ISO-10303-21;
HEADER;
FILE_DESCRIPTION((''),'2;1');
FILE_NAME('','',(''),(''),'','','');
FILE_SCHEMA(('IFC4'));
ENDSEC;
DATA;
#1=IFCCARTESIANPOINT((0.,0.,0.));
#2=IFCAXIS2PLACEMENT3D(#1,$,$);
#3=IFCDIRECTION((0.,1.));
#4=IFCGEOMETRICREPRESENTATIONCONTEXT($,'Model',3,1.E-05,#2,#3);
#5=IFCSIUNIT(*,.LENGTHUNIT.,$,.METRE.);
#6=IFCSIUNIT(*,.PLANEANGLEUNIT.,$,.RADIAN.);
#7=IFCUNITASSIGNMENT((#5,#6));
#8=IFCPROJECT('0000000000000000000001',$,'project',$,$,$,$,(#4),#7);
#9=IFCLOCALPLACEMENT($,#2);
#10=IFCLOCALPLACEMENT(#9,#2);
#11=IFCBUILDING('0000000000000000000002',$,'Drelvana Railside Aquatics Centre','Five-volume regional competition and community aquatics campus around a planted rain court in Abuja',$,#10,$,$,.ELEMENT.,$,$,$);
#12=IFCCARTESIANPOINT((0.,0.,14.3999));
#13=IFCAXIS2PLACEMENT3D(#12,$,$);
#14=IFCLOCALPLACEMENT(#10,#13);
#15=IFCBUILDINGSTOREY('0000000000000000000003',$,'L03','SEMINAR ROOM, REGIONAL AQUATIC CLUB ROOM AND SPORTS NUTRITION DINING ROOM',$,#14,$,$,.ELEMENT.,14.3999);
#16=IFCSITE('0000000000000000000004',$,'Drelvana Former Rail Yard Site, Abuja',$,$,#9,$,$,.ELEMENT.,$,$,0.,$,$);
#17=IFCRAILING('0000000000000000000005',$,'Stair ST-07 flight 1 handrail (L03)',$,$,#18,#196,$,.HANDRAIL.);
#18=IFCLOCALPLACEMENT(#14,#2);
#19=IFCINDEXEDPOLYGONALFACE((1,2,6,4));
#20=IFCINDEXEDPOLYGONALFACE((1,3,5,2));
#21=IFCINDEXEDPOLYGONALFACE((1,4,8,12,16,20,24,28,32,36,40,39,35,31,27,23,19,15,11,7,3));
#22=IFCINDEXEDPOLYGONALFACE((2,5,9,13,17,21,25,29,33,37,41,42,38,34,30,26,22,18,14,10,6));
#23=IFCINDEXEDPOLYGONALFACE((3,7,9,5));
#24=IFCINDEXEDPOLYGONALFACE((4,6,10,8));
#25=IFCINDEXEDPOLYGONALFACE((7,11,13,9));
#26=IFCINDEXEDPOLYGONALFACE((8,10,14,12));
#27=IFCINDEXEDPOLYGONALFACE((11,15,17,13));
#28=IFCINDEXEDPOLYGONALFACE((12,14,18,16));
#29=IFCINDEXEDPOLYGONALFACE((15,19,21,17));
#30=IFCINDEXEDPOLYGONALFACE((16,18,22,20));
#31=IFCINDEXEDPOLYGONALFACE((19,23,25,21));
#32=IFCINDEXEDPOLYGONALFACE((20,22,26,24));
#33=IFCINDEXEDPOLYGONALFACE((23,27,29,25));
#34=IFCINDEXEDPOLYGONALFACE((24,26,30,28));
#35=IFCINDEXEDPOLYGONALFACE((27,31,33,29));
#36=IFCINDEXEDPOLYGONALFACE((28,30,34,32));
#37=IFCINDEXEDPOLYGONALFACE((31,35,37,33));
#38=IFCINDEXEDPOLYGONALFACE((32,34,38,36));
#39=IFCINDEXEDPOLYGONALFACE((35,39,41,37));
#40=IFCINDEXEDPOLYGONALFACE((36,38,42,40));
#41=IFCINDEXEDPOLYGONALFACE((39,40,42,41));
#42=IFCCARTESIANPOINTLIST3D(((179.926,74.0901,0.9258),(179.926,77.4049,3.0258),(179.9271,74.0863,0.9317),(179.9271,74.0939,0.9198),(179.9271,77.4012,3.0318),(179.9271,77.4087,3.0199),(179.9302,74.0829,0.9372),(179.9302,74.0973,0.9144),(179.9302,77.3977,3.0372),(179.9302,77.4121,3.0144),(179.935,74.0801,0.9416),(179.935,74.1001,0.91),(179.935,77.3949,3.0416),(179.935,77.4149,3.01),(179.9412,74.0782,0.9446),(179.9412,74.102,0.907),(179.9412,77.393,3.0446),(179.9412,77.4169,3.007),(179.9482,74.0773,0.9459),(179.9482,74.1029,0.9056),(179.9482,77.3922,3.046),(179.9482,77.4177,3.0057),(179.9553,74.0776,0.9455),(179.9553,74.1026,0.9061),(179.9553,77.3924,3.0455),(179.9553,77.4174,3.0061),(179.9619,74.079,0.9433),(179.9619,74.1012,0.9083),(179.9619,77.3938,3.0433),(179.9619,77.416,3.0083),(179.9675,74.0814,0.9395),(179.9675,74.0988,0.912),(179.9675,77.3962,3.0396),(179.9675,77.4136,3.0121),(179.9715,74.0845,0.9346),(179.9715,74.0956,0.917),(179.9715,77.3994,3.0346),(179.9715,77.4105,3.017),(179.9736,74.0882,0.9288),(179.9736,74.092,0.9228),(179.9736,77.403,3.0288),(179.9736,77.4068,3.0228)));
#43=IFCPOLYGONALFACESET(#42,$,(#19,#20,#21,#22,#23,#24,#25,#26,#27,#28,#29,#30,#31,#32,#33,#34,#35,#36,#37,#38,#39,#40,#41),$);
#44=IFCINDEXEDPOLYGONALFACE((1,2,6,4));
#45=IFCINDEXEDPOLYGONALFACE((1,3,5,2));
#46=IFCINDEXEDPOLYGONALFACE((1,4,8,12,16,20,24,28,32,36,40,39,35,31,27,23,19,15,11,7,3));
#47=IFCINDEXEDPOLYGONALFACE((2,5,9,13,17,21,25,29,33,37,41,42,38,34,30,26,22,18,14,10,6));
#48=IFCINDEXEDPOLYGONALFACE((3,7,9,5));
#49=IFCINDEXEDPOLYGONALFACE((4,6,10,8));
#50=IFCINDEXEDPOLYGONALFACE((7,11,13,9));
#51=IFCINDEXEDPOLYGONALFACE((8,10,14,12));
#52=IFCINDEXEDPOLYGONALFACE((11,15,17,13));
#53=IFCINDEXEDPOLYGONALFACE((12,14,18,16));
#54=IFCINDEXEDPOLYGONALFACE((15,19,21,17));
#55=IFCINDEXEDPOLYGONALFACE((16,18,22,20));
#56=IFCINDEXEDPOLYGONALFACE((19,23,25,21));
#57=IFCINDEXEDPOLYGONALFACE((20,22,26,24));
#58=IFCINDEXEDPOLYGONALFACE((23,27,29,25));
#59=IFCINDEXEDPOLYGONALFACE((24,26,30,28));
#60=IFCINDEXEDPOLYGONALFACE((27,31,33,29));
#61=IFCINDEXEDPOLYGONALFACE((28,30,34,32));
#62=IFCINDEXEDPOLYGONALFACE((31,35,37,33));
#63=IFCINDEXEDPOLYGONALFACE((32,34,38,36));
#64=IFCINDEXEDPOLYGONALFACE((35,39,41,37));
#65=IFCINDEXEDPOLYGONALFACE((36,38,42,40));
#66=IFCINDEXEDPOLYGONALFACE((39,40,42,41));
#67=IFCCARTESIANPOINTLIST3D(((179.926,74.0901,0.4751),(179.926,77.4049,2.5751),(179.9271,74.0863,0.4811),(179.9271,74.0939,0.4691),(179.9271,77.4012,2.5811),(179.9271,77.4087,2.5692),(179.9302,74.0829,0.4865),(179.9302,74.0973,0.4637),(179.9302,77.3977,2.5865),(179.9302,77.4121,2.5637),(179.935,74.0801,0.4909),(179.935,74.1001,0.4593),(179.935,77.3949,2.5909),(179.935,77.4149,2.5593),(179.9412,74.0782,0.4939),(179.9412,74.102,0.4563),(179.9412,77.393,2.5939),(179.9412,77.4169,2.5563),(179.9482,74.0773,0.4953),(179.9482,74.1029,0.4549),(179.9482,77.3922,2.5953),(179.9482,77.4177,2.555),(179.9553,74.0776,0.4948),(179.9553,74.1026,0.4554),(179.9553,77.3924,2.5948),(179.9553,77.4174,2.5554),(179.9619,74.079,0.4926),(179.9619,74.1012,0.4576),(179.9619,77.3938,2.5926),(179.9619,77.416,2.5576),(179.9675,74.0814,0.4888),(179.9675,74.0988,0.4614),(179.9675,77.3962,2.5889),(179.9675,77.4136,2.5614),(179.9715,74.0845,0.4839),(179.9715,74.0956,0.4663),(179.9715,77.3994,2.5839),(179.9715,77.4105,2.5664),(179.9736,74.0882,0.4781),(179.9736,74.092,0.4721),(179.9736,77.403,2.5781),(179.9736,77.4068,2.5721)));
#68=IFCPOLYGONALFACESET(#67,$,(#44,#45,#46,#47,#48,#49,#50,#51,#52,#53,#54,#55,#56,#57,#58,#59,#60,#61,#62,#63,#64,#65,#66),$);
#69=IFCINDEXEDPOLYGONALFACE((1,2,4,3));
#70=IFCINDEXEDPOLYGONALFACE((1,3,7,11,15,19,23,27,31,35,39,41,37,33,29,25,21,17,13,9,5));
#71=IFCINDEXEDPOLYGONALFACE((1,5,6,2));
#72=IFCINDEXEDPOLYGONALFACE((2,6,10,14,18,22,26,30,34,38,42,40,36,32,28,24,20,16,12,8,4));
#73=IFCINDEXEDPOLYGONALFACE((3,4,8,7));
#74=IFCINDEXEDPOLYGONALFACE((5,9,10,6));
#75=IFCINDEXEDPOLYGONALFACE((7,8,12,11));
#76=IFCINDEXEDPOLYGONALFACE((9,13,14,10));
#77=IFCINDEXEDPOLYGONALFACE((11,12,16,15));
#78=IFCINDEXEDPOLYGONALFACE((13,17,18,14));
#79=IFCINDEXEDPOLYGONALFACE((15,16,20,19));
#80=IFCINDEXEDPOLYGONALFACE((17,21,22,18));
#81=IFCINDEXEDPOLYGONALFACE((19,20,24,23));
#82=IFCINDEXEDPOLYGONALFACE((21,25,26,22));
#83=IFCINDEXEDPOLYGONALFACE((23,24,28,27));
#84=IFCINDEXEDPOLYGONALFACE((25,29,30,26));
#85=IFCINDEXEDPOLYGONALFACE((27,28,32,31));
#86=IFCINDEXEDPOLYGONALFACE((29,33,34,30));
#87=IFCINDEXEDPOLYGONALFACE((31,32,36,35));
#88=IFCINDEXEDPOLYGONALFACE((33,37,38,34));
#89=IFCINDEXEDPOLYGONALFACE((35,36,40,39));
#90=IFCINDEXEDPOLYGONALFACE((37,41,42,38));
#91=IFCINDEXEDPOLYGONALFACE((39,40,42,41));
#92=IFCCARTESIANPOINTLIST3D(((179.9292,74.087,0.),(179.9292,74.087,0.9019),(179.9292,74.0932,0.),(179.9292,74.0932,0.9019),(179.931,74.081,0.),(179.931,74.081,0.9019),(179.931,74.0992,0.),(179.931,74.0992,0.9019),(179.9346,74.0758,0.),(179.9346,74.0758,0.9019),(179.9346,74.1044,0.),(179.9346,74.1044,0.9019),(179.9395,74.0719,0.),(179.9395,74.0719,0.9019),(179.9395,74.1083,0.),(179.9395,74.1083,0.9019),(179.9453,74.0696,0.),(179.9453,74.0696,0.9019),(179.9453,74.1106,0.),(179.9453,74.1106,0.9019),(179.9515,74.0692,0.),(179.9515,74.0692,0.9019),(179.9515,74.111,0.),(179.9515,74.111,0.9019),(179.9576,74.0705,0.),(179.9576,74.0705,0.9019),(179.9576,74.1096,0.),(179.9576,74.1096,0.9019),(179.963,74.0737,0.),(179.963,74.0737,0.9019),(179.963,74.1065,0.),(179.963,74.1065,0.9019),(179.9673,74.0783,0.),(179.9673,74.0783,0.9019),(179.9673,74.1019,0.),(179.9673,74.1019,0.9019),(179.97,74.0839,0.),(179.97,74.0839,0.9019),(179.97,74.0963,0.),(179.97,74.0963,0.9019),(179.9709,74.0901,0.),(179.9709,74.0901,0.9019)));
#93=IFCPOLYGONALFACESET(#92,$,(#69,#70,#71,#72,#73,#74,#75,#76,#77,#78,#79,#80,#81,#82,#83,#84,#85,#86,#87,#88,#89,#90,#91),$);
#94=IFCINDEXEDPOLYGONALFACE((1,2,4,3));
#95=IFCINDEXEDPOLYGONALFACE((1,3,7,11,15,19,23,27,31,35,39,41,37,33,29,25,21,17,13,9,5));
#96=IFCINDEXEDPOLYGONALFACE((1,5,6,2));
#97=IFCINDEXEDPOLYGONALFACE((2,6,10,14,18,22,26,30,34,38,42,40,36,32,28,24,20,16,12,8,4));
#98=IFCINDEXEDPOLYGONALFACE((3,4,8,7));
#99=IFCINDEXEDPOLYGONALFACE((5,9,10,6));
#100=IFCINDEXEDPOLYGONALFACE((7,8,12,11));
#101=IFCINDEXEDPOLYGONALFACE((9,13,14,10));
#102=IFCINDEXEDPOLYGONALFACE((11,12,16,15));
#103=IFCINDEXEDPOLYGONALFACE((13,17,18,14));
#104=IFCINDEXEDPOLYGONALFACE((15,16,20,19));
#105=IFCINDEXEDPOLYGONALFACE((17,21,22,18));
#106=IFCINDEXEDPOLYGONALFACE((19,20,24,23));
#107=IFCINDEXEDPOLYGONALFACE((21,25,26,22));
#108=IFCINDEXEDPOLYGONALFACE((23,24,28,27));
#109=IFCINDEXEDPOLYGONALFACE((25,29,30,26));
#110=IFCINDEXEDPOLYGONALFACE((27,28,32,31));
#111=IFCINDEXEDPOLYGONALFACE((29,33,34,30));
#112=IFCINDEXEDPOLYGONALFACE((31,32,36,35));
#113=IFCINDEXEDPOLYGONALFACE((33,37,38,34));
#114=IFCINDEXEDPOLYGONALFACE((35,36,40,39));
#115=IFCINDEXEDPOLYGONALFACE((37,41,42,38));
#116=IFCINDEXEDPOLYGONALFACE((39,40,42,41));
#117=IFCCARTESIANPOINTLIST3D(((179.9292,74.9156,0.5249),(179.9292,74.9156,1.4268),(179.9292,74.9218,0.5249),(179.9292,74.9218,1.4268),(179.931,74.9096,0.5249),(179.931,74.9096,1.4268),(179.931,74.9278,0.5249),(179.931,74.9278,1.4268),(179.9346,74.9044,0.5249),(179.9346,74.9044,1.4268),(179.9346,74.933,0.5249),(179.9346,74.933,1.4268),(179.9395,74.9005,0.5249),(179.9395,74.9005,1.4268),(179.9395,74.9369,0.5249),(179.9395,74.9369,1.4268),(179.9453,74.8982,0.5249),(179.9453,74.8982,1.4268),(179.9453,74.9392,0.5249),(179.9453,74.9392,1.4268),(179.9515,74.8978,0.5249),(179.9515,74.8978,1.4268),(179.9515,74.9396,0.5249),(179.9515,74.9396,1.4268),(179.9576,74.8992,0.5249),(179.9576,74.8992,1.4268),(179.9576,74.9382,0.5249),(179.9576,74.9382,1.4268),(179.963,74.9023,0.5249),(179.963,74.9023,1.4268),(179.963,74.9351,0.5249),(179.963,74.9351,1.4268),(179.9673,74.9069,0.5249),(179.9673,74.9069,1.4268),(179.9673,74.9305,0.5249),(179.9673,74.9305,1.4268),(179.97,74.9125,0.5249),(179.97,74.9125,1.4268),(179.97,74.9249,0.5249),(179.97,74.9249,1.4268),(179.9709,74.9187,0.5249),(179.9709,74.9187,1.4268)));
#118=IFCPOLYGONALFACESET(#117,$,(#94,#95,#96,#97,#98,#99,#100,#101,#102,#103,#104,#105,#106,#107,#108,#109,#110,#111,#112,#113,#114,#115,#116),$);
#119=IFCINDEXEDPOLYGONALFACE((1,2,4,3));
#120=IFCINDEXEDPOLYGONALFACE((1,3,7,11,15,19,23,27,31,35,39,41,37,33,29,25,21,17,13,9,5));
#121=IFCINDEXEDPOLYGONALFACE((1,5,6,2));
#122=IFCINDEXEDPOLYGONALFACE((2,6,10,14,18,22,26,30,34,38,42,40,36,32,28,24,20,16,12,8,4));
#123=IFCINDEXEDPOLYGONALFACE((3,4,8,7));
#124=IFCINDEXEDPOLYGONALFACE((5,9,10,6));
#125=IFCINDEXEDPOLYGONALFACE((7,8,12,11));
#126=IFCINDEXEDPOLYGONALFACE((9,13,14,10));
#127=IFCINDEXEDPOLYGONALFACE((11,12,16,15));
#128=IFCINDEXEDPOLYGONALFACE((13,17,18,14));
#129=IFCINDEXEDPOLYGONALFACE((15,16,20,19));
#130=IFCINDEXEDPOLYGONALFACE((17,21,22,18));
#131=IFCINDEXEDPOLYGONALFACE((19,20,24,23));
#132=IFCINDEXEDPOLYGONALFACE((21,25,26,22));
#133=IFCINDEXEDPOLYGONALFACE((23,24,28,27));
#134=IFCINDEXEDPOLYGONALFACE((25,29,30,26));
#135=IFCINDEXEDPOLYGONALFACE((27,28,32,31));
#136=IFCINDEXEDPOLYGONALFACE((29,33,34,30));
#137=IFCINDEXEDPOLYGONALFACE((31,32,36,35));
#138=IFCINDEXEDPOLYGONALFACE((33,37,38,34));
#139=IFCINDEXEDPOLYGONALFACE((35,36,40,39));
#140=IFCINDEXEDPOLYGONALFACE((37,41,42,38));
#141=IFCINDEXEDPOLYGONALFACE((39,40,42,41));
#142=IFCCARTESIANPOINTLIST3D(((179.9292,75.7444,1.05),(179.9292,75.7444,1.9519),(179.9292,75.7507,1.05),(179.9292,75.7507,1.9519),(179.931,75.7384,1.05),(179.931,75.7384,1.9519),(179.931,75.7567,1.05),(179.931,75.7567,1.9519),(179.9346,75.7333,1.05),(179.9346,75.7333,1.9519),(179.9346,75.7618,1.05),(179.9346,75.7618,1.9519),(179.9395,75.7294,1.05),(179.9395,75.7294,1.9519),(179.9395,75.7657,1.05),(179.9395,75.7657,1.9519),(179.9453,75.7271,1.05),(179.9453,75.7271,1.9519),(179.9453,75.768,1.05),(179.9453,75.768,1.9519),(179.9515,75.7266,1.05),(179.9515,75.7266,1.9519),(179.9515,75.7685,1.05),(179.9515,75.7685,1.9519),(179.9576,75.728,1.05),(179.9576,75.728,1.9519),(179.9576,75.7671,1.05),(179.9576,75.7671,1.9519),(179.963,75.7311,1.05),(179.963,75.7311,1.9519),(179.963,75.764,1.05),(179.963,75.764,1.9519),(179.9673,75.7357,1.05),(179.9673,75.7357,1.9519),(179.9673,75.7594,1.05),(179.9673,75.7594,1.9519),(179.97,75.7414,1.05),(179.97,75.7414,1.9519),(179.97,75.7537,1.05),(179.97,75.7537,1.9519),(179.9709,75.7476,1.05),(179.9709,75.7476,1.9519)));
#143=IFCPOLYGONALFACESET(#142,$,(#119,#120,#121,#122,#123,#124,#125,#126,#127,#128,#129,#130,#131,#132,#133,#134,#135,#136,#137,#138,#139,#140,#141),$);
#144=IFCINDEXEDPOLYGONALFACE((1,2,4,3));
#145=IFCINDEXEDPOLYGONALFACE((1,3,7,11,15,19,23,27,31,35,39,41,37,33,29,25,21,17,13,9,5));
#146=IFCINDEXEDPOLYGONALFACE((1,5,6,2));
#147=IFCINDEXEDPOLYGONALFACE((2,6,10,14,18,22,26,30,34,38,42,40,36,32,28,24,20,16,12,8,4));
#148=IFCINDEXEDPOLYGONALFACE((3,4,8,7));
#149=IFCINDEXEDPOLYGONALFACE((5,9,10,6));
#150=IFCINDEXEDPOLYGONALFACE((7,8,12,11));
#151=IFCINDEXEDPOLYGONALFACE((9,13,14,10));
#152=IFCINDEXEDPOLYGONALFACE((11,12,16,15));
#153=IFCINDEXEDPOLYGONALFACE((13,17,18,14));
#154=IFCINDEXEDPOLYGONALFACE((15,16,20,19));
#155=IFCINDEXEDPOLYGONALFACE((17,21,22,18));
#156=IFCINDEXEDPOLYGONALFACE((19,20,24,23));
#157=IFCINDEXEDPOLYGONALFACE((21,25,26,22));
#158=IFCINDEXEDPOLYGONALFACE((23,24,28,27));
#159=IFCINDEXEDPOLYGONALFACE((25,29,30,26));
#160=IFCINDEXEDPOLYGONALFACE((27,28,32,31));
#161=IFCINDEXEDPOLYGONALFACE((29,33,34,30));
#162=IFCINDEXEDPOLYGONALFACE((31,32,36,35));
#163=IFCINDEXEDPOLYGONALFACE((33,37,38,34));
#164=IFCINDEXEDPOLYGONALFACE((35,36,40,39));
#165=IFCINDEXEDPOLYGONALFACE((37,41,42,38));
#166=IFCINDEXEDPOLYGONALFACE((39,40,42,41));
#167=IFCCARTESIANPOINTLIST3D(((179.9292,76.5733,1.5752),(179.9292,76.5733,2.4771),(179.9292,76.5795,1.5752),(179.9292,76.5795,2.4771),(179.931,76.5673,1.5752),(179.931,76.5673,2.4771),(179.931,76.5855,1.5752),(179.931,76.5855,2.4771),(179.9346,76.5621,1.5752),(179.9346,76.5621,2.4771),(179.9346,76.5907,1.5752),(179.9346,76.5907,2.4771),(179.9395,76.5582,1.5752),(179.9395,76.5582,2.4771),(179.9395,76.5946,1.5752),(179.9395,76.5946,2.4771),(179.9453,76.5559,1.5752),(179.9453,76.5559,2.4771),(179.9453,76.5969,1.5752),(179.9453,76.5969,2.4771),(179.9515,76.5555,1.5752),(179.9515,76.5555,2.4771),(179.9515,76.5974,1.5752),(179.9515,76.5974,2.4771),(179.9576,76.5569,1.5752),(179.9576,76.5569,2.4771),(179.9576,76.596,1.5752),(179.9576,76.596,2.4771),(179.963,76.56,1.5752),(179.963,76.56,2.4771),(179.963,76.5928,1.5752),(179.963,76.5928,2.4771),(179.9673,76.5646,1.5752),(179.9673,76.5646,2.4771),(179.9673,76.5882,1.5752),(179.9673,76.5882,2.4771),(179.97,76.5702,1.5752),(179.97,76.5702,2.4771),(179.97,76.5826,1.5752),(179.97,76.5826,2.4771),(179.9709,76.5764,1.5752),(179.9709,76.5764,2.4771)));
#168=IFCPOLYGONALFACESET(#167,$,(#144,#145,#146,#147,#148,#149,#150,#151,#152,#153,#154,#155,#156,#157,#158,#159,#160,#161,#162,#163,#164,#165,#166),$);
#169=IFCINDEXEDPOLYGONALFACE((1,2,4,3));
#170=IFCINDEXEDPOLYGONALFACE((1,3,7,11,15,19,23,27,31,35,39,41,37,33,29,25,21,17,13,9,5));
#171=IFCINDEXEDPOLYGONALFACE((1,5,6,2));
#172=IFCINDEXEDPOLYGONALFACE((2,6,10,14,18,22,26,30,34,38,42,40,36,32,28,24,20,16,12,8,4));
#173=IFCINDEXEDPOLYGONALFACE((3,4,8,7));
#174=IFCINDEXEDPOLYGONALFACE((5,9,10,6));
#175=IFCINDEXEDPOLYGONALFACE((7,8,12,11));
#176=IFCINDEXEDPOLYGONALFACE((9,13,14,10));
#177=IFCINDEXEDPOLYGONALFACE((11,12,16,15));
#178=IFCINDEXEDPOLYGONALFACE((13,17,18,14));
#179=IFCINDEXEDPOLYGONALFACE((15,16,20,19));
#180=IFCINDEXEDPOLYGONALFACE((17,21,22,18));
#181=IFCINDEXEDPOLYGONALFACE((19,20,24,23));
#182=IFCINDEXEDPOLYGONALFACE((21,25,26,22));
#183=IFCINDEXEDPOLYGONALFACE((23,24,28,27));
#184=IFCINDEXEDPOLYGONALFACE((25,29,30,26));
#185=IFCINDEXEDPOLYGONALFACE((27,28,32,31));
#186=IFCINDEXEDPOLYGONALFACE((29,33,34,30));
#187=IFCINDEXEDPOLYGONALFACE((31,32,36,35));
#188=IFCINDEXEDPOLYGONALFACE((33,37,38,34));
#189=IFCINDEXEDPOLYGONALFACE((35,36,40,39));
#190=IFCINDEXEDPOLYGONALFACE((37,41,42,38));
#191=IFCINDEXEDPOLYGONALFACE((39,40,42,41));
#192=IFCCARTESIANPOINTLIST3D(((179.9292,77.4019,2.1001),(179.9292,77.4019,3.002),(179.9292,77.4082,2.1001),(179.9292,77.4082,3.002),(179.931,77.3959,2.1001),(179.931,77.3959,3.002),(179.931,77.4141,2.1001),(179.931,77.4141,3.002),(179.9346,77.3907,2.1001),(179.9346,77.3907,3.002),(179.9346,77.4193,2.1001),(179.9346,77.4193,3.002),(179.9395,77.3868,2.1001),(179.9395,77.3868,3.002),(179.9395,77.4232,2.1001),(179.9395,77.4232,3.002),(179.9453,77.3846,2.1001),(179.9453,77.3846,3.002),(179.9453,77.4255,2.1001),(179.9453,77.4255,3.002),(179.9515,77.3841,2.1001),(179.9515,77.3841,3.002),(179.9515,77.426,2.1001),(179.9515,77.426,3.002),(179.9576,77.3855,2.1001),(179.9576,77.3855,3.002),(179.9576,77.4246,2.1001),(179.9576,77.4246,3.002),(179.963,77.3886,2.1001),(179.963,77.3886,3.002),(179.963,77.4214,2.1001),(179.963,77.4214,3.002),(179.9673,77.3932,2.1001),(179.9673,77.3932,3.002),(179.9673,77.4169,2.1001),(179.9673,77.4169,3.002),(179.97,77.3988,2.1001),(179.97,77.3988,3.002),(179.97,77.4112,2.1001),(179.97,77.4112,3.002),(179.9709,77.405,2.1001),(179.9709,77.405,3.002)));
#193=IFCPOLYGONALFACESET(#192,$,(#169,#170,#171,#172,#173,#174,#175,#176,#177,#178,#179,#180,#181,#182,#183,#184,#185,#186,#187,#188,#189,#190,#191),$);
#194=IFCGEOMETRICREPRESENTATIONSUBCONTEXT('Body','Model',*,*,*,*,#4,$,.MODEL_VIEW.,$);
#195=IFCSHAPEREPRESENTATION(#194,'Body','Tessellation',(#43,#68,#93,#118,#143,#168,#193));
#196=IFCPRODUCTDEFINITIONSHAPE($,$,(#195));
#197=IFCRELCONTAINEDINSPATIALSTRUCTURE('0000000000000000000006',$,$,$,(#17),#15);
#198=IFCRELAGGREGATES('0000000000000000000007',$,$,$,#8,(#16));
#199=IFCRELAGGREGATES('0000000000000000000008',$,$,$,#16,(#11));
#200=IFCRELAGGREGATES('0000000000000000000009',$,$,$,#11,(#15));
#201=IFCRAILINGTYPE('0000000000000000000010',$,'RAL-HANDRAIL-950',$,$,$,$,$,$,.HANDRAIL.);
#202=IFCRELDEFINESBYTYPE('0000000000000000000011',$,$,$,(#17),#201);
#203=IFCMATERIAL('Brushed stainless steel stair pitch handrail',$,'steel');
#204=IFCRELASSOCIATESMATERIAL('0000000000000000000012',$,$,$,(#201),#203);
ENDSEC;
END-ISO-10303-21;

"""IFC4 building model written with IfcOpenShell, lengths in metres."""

from ifc_helpers import new_model, si_unit, direction, frame, origin, origin_2d, place, context, subcontext, project, spatial, circle, extrude, material, type_object, element, save


model = new_model("IFC4")

# Units and contexts
model_context = context("Model", 3, precision=1e-05, world=origin(), true_north=direction((0.0, 1.0)))
body_context = subcontext(model_context, "Body", "Model", "MODEL_VIEW")
ifc_project = project(units=[si_unit("LENGTHUNIT", "METRE"), si_unit("PLANEANGLEUNIT", "RADIAN")], contexts=[model_context])

# Site, building, storey
site_placement = place(None, origin())
site = spatial("IfcSite", under=ifc_project, at=site_placement, Name="Drelvana Former Rail Yard Site, Abuja", CompositionType="ELEMENT", RefElevation=0.0)
building_placement = place(site_placement, origin())
building = spatial("IfcBuilding", under=site, at=building_placement, Name="Drelvana Railside Aquatics Centre", Description="Five-volume regional competition and community aquatics campus around a planted rain court in Abuja", CompositionType="ELEMENT")
storey_placement = place(building_placement, frame((0.0, 0.0, 14.3999)))
storey = spatial("IfcBuildingStorey", under=building, at=storey_placement, Name="L03", Description="SEMINAR ROOM, REGIONAL AQUATIC CLUB ROOM AND SPORTS NUTRITION DINING ROOM", CompositionType="ELEMENT", Elevation=14.3999)

# Railing
ifc_material_1 = material(Name="Brushed stainless steel stair pitch handrail", Category="steel")
railing_type = type_object("IfcRailingType", Name="RAL-HANDRAIL-950", PredefinedType="HANDRAIL", material=ifc_material_1)
railing_placement = place(storey_placement, frame((179.95, 74.0901, 0.0)))
element("IfcRailing", 1, at=railing_placement, inside=storey, type_object=railing_type, Name="Stair ST-07 flight 1 handrail (L03)", PredefinedType="HANDRAIL", context=body_context, shape_type="SweptSolid", body=[
    extrude(circle(Radius=0.0239, at=origin_2d()), frame((0.0, 0.0, 0.9258), z_axis=(0.0, 0.844746, 0.535168), x_axis=(-1.0, 0.0, 0.0)), (0.0, 0.0, 1.0), 3.9241),
    extrude(circle(Radius=0.0239, at=origin_2d()), frame((0.0, 0.0, 0.4751), z_axis=(0.0, 0.844746, 0.535168), x_axis=(-1.0, 0.0, 0.0)), (0.0, 0.0, 1.0), 3.9241),
    extrude(circle(Radius=0.021, at=origin_2d()), origin(), (0.0, 0.0, 1.0), 0.9019),
    extrude(circle(Radius=0.021, at=origin_2d()), frame((0.0, 0.8286, 0.5249)), (0.0, 0.0, 1.0), 0.9019),
    extrude(circle(Radius=0.021, at=origin_2d()), frame((0.0, 1.6575, 1.05)), (0.0, 0.0, 1.0), 0.9019),
    extrude(circle(Radius=0.021, at=origin_2d()), frame((0.0, 2.4863, 1.5752)), (0.0, 0.0, 1.0), 0.9019),
    extrude(circle(Radius=0.021, at=origin_2d()), frame((0.0, 3.3149, 2.1001)), (0.0, 0.0, 1.0), 0.9019),
])

save(model, "model.ifc")
